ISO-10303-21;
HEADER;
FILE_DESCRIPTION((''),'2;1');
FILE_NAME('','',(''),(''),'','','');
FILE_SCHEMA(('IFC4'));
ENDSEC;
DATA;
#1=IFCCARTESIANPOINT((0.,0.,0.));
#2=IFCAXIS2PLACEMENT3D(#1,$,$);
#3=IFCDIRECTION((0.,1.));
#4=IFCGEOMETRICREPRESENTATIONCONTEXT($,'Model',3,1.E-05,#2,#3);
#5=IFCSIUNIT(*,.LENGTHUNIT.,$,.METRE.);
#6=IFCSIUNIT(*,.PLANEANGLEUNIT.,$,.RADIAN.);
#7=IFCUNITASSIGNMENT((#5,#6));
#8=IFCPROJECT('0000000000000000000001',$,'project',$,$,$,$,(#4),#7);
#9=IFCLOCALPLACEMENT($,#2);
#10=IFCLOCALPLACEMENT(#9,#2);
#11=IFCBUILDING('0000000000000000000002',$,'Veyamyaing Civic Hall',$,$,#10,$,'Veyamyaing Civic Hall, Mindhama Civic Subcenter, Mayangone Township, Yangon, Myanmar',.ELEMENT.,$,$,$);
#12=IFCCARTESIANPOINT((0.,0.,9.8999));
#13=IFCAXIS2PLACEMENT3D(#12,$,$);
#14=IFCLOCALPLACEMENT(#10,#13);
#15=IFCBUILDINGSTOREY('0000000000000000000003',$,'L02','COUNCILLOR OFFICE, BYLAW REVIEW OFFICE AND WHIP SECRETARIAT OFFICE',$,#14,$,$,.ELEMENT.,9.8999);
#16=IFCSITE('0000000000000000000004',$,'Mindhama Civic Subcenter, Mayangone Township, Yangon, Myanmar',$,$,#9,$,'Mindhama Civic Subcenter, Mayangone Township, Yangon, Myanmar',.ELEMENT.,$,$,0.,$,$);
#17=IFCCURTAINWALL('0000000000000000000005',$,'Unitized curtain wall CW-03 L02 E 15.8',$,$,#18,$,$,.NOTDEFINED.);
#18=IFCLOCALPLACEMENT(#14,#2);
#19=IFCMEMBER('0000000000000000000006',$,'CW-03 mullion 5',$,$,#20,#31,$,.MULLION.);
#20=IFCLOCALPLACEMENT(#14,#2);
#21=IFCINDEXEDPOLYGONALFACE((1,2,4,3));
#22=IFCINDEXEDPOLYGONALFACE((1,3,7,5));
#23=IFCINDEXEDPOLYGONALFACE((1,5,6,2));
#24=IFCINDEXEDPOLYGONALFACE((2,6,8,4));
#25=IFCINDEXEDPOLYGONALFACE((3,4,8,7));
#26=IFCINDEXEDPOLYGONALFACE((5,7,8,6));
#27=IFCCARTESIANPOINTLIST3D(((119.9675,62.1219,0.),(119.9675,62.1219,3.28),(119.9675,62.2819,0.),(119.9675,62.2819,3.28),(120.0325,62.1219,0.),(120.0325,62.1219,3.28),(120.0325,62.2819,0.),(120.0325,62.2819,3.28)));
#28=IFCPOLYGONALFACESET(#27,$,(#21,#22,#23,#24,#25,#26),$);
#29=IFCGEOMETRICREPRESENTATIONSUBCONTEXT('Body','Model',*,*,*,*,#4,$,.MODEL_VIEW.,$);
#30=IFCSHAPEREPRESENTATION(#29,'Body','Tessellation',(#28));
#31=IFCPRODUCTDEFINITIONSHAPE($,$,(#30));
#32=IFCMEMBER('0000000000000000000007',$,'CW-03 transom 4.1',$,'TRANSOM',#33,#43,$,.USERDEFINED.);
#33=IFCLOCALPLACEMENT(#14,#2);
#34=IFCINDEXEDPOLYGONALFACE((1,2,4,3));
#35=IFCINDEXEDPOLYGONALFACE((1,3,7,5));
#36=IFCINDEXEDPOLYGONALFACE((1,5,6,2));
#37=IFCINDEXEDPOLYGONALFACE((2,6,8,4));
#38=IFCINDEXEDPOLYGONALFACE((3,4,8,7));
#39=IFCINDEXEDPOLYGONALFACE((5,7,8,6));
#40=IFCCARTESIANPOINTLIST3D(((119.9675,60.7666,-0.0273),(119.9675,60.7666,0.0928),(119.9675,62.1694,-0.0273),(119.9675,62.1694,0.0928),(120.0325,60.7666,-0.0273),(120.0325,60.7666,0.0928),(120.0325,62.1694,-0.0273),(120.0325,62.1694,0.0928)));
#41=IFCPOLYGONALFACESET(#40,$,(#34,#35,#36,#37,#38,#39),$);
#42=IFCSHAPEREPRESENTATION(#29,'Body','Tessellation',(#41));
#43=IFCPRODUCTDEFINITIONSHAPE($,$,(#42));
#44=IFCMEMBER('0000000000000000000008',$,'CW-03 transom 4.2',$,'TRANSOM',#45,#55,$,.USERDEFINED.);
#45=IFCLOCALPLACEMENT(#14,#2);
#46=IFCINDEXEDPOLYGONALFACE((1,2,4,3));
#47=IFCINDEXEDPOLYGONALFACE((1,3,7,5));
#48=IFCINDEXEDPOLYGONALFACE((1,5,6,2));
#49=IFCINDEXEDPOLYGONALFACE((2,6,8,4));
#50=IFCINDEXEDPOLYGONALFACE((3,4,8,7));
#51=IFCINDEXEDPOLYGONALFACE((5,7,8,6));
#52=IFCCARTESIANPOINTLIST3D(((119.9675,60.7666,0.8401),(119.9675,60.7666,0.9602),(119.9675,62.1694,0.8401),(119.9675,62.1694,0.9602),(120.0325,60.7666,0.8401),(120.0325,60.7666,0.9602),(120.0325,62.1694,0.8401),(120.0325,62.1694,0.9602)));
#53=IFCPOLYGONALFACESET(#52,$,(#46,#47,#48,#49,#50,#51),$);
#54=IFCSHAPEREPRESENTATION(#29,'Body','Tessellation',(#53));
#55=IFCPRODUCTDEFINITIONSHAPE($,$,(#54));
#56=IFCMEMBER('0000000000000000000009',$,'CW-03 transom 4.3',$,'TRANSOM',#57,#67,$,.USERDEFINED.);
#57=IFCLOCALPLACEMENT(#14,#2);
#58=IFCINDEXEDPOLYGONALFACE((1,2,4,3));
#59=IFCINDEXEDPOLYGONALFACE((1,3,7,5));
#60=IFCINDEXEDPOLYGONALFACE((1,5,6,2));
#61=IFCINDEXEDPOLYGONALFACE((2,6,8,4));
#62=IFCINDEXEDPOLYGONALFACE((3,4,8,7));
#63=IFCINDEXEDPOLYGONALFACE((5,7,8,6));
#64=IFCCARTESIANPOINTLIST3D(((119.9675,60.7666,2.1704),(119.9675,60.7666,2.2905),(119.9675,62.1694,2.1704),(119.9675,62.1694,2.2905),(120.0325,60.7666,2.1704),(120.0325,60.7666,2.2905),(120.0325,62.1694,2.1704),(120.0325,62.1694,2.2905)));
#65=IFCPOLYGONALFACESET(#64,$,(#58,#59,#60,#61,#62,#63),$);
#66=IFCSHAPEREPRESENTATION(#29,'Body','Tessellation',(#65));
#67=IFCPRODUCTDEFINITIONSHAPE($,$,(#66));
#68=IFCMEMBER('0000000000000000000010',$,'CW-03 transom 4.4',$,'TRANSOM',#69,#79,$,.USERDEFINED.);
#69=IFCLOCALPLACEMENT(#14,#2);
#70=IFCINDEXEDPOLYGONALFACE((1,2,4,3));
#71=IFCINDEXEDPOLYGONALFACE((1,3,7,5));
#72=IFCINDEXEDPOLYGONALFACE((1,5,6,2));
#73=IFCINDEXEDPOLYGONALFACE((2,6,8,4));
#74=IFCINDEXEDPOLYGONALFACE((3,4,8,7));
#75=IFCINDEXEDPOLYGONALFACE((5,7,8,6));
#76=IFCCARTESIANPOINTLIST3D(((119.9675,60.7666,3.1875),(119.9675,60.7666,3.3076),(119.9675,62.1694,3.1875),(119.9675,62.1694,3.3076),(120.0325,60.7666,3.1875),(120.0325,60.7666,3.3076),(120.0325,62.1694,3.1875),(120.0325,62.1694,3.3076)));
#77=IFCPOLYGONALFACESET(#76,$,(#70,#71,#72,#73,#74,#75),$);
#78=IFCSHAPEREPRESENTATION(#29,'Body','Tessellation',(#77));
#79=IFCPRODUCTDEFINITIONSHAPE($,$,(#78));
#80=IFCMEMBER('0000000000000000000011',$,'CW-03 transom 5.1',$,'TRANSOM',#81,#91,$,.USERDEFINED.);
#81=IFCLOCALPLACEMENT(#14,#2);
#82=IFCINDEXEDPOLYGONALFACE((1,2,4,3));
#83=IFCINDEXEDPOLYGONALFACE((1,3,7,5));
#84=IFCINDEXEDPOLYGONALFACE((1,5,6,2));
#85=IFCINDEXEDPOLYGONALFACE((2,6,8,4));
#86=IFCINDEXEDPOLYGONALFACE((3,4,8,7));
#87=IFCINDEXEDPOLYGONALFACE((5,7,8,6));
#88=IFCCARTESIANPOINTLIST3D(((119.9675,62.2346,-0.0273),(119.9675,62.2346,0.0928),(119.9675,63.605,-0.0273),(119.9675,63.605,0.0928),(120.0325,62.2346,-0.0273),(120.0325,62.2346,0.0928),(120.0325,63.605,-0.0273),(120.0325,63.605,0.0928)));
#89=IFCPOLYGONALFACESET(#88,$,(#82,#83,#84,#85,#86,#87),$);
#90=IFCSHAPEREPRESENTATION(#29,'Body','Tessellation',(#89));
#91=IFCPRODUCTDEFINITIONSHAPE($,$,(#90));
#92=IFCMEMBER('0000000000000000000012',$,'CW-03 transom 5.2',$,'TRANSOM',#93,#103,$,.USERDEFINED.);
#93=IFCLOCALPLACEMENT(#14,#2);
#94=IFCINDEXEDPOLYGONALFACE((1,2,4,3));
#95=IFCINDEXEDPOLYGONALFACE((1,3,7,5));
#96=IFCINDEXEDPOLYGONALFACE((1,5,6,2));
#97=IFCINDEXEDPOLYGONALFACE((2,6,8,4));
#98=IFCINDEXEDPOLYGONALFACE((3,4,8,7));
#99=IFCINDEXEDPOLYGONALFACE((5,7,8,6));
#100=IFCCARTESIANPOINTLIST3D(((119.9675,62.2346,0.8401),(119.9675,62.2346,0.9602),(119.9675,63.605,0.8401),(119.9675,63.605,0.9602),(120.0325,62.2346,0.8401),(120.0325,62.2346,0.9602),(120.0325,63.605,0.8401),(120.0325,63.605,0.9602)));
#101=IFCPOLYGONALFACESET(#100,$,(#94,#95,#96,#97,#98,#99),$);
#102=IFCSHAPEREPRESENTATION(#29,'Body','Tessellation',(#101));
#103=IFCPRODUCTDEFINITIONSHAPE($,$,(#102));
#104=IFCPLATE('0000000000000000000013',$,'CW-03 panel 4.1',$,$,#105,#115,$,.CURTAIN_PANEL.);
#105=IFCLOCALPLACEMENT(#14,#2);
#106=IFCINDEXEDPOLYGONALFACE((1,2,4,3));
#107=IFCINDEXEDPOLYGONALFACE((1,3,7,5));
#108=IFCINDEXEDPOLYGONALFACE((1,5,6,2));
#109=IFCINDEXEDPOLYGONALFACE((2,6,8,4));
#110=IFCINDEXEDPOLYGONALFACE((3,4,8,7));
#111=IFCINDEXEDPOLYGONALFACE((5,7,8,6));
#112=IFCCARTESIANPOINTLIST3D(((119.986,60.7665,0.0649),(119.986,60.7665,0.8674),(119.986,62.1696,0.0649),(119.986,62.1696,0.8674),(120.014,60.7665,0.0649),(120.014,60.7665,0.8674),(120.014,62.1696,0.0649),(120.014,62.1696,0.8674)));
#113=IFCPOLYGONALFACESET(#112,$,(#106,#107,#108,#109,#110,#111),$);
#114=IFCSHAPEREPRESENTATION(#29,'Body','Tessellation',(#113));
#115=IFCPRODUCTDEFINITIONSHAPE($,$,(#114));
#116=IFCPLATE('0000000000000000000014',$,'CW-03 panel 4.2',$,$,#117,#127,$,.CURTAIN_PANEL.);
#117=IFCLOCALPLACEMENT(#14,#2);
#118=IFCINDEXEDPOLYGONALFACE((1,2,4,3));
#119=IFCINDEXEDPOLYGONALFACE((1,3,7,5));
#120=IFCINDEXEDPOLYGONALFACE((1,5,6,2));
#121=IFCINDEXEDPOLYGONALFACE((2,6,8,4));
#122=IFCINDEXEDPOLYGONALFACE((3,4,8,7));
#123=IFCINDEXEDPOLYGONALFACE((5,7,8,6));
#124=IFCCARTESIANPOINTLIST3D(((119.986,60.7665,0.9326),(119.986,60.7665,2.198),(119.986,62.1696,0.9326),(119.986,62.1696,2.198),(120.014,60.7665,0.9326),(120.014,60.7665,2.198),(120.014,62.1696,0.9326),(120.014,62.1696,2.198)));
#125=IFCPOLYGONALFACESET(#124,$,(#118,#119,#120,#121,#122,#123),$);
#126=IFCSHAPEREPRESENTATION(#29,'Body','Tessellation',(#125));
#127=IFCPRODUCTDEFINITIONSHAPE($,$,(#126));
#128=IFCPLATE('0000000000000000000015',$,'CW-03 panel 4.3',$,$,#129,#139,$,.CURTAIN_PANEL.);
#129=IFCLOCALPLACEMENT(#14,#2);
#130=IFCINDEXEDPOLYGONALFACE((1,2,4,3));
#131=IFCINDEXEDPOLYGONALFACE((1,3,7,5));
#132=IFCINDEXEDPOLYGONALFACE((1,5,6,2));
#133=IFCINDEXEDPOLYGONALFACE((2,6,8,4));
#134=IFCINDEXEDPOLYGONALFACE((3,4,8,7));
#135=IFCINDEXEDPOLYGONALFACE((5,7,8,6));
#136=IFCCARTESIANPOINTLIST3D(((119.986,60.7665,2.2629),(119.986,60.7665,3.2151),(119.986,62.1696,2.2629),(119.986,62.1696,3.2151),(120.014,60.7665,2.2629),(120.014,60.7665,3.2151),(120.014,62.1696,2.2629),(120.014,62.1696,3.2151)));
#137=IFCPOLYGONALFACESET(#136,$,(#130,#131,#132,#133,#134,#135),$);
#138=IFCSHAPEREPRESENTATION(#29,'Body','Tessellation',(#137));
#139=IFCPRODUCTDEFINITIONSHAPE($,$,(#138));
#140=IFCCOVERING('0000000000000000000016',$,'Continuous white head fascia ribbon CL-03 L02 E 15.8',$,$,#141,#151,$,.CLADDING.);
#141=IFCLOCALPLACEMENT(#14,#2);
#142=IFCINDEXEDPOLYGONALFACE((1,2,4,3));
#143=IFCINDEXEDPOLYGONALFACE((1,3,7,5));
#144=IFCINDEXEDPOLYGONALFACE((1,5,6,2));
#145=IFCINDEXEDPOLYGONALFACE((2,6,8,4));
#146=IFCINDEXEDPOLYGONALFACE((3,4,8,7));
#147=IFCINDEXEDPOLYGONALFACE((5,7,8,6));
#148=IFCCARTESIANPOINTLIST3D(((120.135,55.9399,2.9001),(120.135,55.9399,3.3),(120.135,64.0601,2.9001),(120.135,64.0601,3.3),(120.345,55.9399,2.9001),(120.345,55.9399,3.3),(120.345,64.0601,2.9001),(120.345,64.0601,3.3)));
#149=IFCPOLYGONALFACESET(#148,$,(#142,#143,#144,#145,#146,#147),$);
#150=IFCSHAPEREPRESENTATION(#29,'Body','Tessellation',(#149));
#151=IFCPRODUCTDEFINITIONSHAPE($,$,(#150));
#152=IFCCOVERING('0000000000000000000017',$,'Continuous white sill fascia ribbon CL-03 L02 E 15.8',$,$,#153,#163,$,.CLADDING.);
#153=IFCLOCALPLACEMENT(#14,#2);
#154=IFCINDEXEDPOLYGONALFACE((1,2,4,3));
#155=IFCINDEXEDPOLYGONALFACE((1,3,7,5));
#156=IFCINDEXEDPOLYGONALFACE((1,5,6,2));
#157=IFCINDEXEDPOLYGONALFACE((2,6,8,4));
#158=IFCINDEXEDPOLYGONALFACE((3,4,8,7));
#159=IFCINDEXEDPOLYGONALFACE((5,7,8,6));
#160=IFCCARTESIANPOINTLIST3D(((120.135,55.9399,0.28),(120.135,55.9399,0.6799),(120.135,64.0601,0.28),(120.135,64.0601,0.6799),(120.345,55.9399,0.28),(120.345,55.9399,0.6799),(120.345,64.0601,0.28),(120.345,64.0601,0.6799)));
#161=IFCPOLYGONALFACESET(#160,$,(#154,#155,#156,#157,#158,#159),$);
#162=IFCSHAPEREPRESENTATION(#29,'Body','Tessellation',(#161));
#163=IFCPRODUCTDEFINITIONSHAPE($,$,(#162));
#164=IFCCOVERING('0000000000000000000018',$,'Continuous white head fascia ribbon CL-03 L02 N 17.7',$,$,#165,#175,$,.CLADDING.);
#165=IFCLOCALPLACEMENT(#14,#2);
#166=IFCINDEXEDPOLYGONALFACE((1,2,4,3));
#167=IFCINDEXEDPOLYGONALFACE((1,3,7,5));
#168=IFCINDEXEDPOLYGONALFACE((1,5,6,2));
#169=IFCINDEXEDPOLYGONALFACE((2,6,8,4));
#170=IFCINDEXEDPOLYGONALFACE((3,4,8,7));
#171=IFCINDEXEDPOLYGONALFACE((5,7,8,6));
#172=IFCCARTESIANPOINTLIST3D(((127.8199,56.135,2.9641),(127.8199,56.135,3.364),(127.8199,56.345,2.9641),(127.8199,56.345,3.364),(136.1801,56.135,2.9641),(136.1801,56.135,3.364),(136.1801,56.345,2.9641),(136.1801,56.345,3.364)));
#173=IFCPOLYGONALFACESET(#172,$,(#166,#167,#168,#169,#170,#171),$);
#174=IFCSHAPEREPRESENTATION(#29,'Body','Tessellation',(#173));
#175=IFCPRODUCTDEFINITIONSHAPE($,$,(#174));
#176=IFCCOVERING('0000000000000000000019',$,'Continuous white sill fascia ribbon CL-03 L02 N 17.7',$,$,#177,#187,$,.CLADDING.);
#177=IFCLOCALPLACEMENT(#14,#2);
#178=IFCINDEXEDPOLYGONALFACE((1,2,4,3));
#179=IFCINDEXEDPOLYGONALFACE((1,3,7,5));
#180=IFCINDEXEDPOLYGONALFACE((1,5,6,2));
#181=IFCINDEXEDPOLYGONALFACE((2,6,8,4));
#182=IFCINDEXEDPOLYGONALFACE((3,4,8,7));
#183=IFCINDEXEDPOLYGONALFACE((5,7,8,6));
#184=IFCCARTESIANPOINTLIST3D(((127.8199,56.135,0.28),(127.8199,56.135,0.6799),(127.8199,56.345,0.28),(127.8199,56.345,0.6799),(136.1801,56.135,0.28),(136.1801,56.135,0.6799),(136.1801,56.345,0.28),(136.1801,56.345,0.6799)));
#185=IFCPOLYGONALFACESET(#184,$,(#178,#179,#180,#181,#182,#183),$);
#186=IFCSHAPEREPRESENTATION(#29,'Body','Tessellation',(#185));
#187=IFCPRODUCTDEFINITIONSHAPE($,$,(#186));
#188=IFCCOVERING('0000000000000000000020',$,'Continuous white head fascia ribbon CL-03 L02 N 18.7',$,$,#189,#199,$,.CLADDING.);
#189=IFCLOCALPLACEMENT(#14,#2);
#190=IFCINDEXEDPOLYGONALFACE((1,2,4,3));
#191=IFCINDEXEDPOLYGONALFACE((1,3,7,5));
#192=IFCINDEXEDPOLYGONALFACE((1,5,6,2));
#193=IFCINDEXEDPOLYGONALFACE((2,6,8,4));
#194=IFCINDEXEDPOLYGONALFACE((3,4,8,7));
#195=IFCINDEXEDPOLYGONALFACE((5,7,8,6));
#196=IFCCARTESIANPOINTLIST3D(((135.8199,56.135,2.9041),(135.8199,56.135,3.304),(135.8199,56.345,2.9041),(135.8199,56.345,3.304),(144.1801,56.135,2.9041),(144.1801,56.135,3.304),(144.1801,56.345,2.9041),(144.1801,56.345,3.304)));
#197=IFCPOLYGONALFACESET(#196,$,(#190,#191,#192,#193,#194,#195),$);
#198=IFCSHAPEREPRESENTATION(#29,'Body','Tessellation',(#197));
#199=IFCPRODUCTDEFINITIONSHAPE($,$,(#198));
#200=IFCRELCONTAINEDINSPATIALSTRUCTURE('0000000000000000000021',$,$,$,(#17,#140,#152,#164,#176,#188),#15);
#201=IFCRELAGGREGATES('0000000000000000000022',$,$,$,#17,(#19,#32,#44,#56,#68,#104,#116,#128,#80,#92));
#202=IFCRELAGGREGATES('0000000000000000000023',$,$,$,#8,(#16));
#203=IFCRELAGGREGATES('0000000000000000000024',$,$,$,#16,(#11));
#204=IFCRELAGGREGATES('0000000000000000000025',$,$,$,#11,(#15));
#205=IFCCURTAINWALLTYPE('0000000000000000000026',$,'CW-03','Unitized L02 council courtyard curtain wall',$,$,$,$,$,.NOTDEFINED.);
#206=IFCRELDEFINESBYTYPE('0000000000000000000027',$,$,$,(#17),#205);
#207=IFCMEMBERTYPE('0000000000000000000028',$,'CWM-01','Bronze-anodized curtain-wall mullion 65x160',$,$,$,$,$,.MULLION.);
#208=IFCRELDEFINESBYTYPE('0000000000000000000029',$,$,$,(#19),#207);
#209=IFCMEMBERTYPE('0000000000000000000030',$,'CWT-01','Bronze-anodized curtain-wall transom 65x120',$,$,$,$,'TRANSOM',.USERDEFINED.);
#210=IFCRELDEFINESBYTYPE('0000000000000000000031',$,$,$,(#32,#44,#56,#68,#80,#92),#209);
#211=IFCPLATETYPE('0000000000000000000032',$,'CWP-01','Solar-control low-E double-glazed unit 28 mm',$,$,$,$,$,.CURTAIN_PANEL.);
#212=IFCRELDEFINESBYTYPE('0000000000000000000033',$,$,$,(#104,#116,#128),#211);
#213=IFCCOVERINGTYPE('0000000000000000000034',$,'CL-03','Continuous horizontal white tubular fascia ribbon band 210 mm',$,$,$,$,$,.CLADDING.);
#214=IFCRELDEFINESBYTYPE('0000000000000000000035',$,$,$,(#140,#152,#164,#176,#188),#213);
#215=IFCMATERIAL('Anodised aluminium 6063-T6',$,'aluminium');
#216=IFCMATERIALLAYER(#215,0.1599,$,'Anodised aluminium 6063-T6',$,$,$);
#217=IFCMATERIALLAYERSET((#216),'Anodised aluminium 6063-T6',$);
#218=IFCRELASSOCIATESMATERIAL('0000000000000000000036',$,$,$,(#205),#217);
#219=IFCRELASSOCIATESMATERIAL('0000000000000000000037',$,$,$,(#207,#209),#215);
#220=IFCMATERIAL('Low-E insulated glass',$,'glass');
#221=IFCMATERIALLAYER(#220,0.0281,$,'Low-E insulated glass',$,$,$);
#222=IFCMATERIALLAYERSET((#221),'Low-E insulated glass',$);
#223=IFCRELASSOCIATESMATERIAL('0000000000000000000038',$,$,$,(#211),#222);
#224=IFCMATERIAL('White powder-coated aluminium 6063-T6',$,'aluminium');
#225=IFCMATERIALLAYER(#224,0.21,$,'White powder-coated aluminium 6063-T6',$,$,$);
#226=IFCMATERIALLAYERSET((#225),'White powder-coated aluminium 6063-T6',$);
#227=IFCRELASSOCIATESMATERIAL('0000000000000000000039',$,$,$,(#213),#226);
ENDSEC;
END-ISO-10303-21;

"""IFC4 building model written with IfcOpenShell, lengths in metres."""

from ifc_helpers import new_model, si_unit, direction, frame, origin, origin_2d, place, context, subcontext, project, spatial, rectangle, extrude, material, layer, layer_set, material_profile, profile_set, type_object, element, aggregate, save


model = new_model("IFC4")

# Units and contexts
model_context = context("Model", 3, precision=1e-05, world=origin(), true_north=direction((0.0, 1.0)))
body_context = subcontext(model_context, "Body", "Model", "MODEL_VIEW")
ifc_project = project(units=[si_unit("LENGTHUNIT", "METRE"), si_unit("PLANEANGLEUNIT", "RADIAN")], contexts=[model_context])

# Site, building, storey
site_placement = place(None, origin())
site = spatial("IfcSite", under=ifc_project, at=site_placement, Name="Mindhama Civic Subcenter, Mayangone Township, Yangon, Myanmar", LongName="Mindhama Civic Subcenter, Mayangone Township, Yangon, Myanmar", CompositionType="ELEMENT", RefElevation=0.0)
building_placement = place(site_placement, origin())
building = spatial("IfcBuilding", under=site, at=building_placement, Name="Veyamyaing Civic Hall", LongName="Veyamyaing Civic Hall, Mindhama Civic Subcenter, Mayangone Township, Yangon, Myanmar", CompositionType="ELEMENT")
storey_placement = place(building_placement, frame((0.0, 0.0, 9.8999)))
storey = spatial("IfcBuildingStorey", under=building, at=storey_placement, Name="L02", Description="COUNCILLOR OFFICE, BYLAW REVIEW OFFICE AND WHIP SECRETARIAT OFFICE", CompositionType="ELEMENT", Elevation=9.8999)

# Curtain wall, members, plates
ifc_material_1 = material(Name="Anodised aluminium 6063-T6", Category="aluminium")
ifc_layer_1 = layer(ifc_material_1, 0.1599, Name="Anodised aluminium 6063-T6")
ifc_layer_set_1 = layer_set([ifc_layer_1], Name="Anodised aluminium 6063-T6")
curtain_wall_type = type_object("IfcCurtainWallType", Name="CW-03", Description="Unitized L02 council courtyard curtain wall", PredefinedType="NOTDEFINED", material=ifc_layer_set_1)
curtain_wall_placement = place(storey_placement, origin())
curtain_wall = element("IfcCurtainWall", 1, at=curtain_wall_placement, inside=storey, type_object=curtain_wall_type, Name="Unitized curtain wall CW-03 L02 E 15.8", PredefinedType="NOTDEFINED")
ifc_material_profile_1 = material_profile(ifc_material_1, rectangle(XDim=0.0649, YDim=0.1599, at=origin_2d()), Name="ALU-MUL-65X160")
ifc_profile_set_1 = profile_set([ifc_material_profile_1], Name="Anodised aluminium 6063-T6")
member_type_1 = type_object("IfcMemberType", Name="CWM-01", Description="Bronze-anodized curtain-wall mullion 65x160", PredefinedType="MULLION", material=ifc_profile_set_1)
member_1_placement = place(storey_placement, frame((120.0, 62.2019, 0.0), z_axis=(0.0, 0.0, 1.0), x_axis=(-1.0, 0.0, 0.0)))
member_1 = element("IfcMember", 2, at=member_1_placement, type_object=member_type_1, Name="CW-03 mullion 5", PredefinedType="MULLION", context=body_context, shape_type="SweptSolid", body=[
    extrude(rectangle(XDim=0.0649, YDim=0.1599, at=origin_2d()), origin(), (0.0, 0.0, 1.0), 3.28),
])
ifc_material_profile_2 = material_profile(ifc_material_1, rectangle(XDim=0.0649, YDim=0.1201, at=origin_2d()), Name="ALU-TRN-65X120")
ifc_profile_set_2 = profile_set([ifc_material_profile_2], Name="Anodised aluminium 6063-T6")
member_type_2 = type_object("IfcMemberType", Name="CWT-01", Description="Bronze-anodized curtain-wall transom 65x120", ElementType="TRANSOM", PredefinedType="USERDEFINED", material=ifc_profile_set_2)
member_2_placement = place(storey_placement, frame((120.0, 60.7666, 0.0327), z_axis=(0.0, 1.0, 0.0), x_axis=(-1.0, 0.0, 0.0)))
member_2 = element("IfcMember", 3, at=member_2_placement, type_object=member_type_2, Name="CW-03 transom 4.1", ObjectType="TRANSOM", PredefinedType="USERDEFINED", context=body_context, shape_type="SweptSolid", body=[
    extrude(rectangle(XDim=0.0649, YDim=0.1201, at=origin_2d()), origin(), (0.0, 0.0, 1.0), 1.4028),
])
member_3_placement = place(storey_placement, frame((120.0, 60.7666, 0.9001), z_axis=(0.0, 1.0, 0.0), x_axis=(-1.0, 0.0, 0.0)))
member_3 = element("IfcMember", 4, at=member_3_placement, type_object=member_type_2, Name="CW-03 transom 4.2", ObjectType="TRANSOM", PredefinedType="USERDEFINED", context=body_context, shape_type="SweptSolid", body=[
    extrude(rectangle(XDim=0.0649, YDim=0.1201, at=origin_2d()), origin(), (0.0, 0.0, 1.0), 1.4028),
])
member_4_placement = place(storey_placement, frame((120.0, 60.7666, 2.2305), z_axis=(0.0, 1.0, 0.0), x_axis=(-1.0, 0.0, 0.0)))
member_4 = element("IfcMember", 5, at=member_4_placement, type_object=member_type_2, Name="CW-03 transom 4.3", ObjectType="TRANSOM", PredefinedType="USERDEFINED", context=body_context, shape_type="SweptSolid", body=[
    extrude(rectangle(XDim=0.0649, YDim=0.1201, at=origin_2d()), origin(), (0.0, 0.0, 1.0), 1.4028),
])
member_5_placement = place(storey_placement, frame((120.0, 60.7666, 3.2476), z_axis=(0.0, 1.0, 0.0), x_axis=(-1.0, 0.0, 0.0)))
member_5 = element("IfcMember", 6, at=member_5_placement, type_object=member_type_2, Name="CW-03 transom 4.4", ObjectType="TRANSOM", PredefinedType="USERDEFINED", context=body_context, shape_type="SweptSolid", body=[
    extrude(rectangle(XDim=0.0649, YDim=0.1201, at=origin_2d()), origin(), (0.0, 0.0, 1.0), 1.4028),
])
member_6_placement = place(storey_placement, frame((120.0, 62.2346, 0.0327), z_axis=(0.0, 1.0, 0.0), x_axis=(-1.0, 0.0, 0.0)))
member_6 = element("IfcMember", 7, at=member_6_placement, type_object=member_type_2, Name="CW-03 transom 5.1", ObjectType="TRANSOM", PredefinedType="USERDEFINED", context=body_context, shape_type="SweptSolid", body=[
    extrude(rectangle(XDim=0.0649, YDim=0.1201, at=origin_2d()), origin(), (0.0, 0.0, 1.0), 1.3704),
])
member_7_placement = place(storey_placement, frame((120.0, 62.2346, 0.9001), z_axis=(0.0, 1.0, 0.0), x_axis=(-1.0, 0.0, 0.0)))
member_7 = element("IfcMember", 8, at=member_7_placement, type_object=member_type_2, Name="CW-03 transom 5.2", ObjectType="TRANSOM", PredefinedType="USERDEFINED", context=body_context, shape_type="SweptSolid", body=[
    extrude(rectangle(XDim=0.0649, YDim=0.1201, at=origin_2d()), origin(), (0.0, 0.0, 1.0), 1.3704),
])
ifc_material_2 = material(Name="Low-E insulated glass", Category="glass")
ifc_layer_2 = layer(ifc_material_2, 0.0281, Name="Low-E insulated glass")
ifc_layer_set_2 = layer_set([ifc_layer_2], Name="Low-E insulated glass")
plate_type = type_object("IfcPlateType", Name="CWP-01", Description="Solar-control low-E double-glazed unit 28 mm", PredefinedType="CURTAIN_PANEL", material=ifc_layer_set_2)
plate_1_placement = place(storey_placement, frame((120.0, 61.468, 0.0649), z_axis=(0.0, 0.0, 1.0), x_axis=(0.0, 1.0, 0.0)))
plate_1 = element("IfcPlate", 9, at=plate_1_placement, type_object=plate_type, Name="CW-03 panel 4.1", PredefinedType="CURTAIN_PANEL", context=body_context, shape_type="SweptSolid", body=[
    extrude(rectangle(XDim=1.4031, YDim=0.0281, at=origin_2d()), origin(), (0.0, 0.0, 1.0), 0.8025),
])
plate_2_placement = place(storey_placement, frame((120.0, 61.468, 0.9326), z_axis=(0.0, 0.0, 1.0), x_axis=(0.0, 1.0, 0.0)))
plate_2 = element("IfcPlate", 10, at=plate_2_placement, type_object=plate_type, Name="CW-03 panel 4.2", PredefinedType="CURTAIN_PANEL", context=body_context, shape_type="SweptSolid", body=[
    extrude(rectangle(XDim=1.4031, YDim=0.0281, at=origin_2d()), origin(), (0.0, 0.0, 1.0), 1.2654),
])
plate_3_placement = place(storey_placement, frame((120.0, 61.468, 2.2629), z_axis=(0.0, 0.0, 1.0), x_axis=(0.0, 1.0, 0.0)))
plate_3 = element("IfcPlate", 11, at=plate_3_placement, type_object=plate_type, Name="CW-03 panel 4.3", PredefinedType="CURTAIN_PANEL", context=body_context, shape_type="SweptSolid", body=[
    extrude(rectangle(XDim=1.4031, YDim=0.0281, at=origin_2d()), origin(), (0.0, 0.0, 1.0), 0.9521),
])
aggregate(curtain_wall, [member_1, member_2, member_3, member_4, member_5, plate_1, plate_2, plate_3, member_6, member_7])

# Coverings
ifc_material_3 = material(Name="White powder-coated aluminium 6063-T6", Category="aluminium")
ifc_layer_3 = layer(ifc_material_3, 0.21, Name="White powder-coated aluminium 6063-T6")
ifc_layer_set_3 = layer_set([ifc_layer_3], Name="White powder-coated aluminium 6063-T6")
covering_type = type_object("IfcCoveringType", Name="CL-03", Description="Continuous horizontal white tubular fascia ribbon band 210 mm", PredefinedType="CLADDING", material=ifc_layer_set_3)
for number, where, z_axis, x_axis, name in (
    (12, (120.24, 60.0, 2.9001), (0.0, 0.0, 1.0), (0.0, 1.0, 0.0), "Continuous white head fascia ribbon CL-03 L02 E 15.8"),
    (13, (120.24, 60.0, 0.28), (0.0, 0.0, 1.0), (0.0, 1.0, 0.0), "Continuous white sill fascia ribbon CL-03 L02 E 15.8"),
):
    element("IfcCovering", number, at=place(storey_placement, frame(where, z_axis=z_axis, x_axis=x_axis)), inside=storey, type_object=covering_type, Name=name, PredefinedType="CLADDING", context=body_context, shape_type="SweptSolid", body=[
        extrude(rectangle(XDim=8.1201, YDim=0.21, at=origin_2d()), origin(), (0.0, 0.0, 1.0), 0.3999),
    ])
for number, where, z_axis, x_axis, name in (
    (14, (132.0, 56.24, 2.9641), (0.0, 0.0, 1.0), (1.0, 0.0, 0.0), "Continuous white head fascia ribbon CL-03 L02 N 17.7"),
    (15, (132.0, 56.24, 0.28), (0.0, 0.0, 1.0), (1.0, 0.0, 0.0), "Continuous white sill fascia ribbon CL-03 L02 N 17.7"),
    (16, (140.0, 56.24, 2.9041), (0.0, 0.0, 1.0), (1.0, 0.0, 0.0), "Continuous white head fascia ribbon CL-03 L02 N 18.7"),
):
    element("IfcCovering", number, at=place(storey_placement, frame(where, z_axis=z_axis, x_axis=x_axis)), inside=storey, type_object=covering_type, Name=name, PredefinedType="CLADDING", context=body_context, shape_type="SweptSolid", body=[
        extrude(rectangle(XDim=8.3601, YDim=0.21, at=origin_2d()), origin(), (0.0, 0.0, 1.0), 0.3999),
    ])

save(model, "model.ifc")
